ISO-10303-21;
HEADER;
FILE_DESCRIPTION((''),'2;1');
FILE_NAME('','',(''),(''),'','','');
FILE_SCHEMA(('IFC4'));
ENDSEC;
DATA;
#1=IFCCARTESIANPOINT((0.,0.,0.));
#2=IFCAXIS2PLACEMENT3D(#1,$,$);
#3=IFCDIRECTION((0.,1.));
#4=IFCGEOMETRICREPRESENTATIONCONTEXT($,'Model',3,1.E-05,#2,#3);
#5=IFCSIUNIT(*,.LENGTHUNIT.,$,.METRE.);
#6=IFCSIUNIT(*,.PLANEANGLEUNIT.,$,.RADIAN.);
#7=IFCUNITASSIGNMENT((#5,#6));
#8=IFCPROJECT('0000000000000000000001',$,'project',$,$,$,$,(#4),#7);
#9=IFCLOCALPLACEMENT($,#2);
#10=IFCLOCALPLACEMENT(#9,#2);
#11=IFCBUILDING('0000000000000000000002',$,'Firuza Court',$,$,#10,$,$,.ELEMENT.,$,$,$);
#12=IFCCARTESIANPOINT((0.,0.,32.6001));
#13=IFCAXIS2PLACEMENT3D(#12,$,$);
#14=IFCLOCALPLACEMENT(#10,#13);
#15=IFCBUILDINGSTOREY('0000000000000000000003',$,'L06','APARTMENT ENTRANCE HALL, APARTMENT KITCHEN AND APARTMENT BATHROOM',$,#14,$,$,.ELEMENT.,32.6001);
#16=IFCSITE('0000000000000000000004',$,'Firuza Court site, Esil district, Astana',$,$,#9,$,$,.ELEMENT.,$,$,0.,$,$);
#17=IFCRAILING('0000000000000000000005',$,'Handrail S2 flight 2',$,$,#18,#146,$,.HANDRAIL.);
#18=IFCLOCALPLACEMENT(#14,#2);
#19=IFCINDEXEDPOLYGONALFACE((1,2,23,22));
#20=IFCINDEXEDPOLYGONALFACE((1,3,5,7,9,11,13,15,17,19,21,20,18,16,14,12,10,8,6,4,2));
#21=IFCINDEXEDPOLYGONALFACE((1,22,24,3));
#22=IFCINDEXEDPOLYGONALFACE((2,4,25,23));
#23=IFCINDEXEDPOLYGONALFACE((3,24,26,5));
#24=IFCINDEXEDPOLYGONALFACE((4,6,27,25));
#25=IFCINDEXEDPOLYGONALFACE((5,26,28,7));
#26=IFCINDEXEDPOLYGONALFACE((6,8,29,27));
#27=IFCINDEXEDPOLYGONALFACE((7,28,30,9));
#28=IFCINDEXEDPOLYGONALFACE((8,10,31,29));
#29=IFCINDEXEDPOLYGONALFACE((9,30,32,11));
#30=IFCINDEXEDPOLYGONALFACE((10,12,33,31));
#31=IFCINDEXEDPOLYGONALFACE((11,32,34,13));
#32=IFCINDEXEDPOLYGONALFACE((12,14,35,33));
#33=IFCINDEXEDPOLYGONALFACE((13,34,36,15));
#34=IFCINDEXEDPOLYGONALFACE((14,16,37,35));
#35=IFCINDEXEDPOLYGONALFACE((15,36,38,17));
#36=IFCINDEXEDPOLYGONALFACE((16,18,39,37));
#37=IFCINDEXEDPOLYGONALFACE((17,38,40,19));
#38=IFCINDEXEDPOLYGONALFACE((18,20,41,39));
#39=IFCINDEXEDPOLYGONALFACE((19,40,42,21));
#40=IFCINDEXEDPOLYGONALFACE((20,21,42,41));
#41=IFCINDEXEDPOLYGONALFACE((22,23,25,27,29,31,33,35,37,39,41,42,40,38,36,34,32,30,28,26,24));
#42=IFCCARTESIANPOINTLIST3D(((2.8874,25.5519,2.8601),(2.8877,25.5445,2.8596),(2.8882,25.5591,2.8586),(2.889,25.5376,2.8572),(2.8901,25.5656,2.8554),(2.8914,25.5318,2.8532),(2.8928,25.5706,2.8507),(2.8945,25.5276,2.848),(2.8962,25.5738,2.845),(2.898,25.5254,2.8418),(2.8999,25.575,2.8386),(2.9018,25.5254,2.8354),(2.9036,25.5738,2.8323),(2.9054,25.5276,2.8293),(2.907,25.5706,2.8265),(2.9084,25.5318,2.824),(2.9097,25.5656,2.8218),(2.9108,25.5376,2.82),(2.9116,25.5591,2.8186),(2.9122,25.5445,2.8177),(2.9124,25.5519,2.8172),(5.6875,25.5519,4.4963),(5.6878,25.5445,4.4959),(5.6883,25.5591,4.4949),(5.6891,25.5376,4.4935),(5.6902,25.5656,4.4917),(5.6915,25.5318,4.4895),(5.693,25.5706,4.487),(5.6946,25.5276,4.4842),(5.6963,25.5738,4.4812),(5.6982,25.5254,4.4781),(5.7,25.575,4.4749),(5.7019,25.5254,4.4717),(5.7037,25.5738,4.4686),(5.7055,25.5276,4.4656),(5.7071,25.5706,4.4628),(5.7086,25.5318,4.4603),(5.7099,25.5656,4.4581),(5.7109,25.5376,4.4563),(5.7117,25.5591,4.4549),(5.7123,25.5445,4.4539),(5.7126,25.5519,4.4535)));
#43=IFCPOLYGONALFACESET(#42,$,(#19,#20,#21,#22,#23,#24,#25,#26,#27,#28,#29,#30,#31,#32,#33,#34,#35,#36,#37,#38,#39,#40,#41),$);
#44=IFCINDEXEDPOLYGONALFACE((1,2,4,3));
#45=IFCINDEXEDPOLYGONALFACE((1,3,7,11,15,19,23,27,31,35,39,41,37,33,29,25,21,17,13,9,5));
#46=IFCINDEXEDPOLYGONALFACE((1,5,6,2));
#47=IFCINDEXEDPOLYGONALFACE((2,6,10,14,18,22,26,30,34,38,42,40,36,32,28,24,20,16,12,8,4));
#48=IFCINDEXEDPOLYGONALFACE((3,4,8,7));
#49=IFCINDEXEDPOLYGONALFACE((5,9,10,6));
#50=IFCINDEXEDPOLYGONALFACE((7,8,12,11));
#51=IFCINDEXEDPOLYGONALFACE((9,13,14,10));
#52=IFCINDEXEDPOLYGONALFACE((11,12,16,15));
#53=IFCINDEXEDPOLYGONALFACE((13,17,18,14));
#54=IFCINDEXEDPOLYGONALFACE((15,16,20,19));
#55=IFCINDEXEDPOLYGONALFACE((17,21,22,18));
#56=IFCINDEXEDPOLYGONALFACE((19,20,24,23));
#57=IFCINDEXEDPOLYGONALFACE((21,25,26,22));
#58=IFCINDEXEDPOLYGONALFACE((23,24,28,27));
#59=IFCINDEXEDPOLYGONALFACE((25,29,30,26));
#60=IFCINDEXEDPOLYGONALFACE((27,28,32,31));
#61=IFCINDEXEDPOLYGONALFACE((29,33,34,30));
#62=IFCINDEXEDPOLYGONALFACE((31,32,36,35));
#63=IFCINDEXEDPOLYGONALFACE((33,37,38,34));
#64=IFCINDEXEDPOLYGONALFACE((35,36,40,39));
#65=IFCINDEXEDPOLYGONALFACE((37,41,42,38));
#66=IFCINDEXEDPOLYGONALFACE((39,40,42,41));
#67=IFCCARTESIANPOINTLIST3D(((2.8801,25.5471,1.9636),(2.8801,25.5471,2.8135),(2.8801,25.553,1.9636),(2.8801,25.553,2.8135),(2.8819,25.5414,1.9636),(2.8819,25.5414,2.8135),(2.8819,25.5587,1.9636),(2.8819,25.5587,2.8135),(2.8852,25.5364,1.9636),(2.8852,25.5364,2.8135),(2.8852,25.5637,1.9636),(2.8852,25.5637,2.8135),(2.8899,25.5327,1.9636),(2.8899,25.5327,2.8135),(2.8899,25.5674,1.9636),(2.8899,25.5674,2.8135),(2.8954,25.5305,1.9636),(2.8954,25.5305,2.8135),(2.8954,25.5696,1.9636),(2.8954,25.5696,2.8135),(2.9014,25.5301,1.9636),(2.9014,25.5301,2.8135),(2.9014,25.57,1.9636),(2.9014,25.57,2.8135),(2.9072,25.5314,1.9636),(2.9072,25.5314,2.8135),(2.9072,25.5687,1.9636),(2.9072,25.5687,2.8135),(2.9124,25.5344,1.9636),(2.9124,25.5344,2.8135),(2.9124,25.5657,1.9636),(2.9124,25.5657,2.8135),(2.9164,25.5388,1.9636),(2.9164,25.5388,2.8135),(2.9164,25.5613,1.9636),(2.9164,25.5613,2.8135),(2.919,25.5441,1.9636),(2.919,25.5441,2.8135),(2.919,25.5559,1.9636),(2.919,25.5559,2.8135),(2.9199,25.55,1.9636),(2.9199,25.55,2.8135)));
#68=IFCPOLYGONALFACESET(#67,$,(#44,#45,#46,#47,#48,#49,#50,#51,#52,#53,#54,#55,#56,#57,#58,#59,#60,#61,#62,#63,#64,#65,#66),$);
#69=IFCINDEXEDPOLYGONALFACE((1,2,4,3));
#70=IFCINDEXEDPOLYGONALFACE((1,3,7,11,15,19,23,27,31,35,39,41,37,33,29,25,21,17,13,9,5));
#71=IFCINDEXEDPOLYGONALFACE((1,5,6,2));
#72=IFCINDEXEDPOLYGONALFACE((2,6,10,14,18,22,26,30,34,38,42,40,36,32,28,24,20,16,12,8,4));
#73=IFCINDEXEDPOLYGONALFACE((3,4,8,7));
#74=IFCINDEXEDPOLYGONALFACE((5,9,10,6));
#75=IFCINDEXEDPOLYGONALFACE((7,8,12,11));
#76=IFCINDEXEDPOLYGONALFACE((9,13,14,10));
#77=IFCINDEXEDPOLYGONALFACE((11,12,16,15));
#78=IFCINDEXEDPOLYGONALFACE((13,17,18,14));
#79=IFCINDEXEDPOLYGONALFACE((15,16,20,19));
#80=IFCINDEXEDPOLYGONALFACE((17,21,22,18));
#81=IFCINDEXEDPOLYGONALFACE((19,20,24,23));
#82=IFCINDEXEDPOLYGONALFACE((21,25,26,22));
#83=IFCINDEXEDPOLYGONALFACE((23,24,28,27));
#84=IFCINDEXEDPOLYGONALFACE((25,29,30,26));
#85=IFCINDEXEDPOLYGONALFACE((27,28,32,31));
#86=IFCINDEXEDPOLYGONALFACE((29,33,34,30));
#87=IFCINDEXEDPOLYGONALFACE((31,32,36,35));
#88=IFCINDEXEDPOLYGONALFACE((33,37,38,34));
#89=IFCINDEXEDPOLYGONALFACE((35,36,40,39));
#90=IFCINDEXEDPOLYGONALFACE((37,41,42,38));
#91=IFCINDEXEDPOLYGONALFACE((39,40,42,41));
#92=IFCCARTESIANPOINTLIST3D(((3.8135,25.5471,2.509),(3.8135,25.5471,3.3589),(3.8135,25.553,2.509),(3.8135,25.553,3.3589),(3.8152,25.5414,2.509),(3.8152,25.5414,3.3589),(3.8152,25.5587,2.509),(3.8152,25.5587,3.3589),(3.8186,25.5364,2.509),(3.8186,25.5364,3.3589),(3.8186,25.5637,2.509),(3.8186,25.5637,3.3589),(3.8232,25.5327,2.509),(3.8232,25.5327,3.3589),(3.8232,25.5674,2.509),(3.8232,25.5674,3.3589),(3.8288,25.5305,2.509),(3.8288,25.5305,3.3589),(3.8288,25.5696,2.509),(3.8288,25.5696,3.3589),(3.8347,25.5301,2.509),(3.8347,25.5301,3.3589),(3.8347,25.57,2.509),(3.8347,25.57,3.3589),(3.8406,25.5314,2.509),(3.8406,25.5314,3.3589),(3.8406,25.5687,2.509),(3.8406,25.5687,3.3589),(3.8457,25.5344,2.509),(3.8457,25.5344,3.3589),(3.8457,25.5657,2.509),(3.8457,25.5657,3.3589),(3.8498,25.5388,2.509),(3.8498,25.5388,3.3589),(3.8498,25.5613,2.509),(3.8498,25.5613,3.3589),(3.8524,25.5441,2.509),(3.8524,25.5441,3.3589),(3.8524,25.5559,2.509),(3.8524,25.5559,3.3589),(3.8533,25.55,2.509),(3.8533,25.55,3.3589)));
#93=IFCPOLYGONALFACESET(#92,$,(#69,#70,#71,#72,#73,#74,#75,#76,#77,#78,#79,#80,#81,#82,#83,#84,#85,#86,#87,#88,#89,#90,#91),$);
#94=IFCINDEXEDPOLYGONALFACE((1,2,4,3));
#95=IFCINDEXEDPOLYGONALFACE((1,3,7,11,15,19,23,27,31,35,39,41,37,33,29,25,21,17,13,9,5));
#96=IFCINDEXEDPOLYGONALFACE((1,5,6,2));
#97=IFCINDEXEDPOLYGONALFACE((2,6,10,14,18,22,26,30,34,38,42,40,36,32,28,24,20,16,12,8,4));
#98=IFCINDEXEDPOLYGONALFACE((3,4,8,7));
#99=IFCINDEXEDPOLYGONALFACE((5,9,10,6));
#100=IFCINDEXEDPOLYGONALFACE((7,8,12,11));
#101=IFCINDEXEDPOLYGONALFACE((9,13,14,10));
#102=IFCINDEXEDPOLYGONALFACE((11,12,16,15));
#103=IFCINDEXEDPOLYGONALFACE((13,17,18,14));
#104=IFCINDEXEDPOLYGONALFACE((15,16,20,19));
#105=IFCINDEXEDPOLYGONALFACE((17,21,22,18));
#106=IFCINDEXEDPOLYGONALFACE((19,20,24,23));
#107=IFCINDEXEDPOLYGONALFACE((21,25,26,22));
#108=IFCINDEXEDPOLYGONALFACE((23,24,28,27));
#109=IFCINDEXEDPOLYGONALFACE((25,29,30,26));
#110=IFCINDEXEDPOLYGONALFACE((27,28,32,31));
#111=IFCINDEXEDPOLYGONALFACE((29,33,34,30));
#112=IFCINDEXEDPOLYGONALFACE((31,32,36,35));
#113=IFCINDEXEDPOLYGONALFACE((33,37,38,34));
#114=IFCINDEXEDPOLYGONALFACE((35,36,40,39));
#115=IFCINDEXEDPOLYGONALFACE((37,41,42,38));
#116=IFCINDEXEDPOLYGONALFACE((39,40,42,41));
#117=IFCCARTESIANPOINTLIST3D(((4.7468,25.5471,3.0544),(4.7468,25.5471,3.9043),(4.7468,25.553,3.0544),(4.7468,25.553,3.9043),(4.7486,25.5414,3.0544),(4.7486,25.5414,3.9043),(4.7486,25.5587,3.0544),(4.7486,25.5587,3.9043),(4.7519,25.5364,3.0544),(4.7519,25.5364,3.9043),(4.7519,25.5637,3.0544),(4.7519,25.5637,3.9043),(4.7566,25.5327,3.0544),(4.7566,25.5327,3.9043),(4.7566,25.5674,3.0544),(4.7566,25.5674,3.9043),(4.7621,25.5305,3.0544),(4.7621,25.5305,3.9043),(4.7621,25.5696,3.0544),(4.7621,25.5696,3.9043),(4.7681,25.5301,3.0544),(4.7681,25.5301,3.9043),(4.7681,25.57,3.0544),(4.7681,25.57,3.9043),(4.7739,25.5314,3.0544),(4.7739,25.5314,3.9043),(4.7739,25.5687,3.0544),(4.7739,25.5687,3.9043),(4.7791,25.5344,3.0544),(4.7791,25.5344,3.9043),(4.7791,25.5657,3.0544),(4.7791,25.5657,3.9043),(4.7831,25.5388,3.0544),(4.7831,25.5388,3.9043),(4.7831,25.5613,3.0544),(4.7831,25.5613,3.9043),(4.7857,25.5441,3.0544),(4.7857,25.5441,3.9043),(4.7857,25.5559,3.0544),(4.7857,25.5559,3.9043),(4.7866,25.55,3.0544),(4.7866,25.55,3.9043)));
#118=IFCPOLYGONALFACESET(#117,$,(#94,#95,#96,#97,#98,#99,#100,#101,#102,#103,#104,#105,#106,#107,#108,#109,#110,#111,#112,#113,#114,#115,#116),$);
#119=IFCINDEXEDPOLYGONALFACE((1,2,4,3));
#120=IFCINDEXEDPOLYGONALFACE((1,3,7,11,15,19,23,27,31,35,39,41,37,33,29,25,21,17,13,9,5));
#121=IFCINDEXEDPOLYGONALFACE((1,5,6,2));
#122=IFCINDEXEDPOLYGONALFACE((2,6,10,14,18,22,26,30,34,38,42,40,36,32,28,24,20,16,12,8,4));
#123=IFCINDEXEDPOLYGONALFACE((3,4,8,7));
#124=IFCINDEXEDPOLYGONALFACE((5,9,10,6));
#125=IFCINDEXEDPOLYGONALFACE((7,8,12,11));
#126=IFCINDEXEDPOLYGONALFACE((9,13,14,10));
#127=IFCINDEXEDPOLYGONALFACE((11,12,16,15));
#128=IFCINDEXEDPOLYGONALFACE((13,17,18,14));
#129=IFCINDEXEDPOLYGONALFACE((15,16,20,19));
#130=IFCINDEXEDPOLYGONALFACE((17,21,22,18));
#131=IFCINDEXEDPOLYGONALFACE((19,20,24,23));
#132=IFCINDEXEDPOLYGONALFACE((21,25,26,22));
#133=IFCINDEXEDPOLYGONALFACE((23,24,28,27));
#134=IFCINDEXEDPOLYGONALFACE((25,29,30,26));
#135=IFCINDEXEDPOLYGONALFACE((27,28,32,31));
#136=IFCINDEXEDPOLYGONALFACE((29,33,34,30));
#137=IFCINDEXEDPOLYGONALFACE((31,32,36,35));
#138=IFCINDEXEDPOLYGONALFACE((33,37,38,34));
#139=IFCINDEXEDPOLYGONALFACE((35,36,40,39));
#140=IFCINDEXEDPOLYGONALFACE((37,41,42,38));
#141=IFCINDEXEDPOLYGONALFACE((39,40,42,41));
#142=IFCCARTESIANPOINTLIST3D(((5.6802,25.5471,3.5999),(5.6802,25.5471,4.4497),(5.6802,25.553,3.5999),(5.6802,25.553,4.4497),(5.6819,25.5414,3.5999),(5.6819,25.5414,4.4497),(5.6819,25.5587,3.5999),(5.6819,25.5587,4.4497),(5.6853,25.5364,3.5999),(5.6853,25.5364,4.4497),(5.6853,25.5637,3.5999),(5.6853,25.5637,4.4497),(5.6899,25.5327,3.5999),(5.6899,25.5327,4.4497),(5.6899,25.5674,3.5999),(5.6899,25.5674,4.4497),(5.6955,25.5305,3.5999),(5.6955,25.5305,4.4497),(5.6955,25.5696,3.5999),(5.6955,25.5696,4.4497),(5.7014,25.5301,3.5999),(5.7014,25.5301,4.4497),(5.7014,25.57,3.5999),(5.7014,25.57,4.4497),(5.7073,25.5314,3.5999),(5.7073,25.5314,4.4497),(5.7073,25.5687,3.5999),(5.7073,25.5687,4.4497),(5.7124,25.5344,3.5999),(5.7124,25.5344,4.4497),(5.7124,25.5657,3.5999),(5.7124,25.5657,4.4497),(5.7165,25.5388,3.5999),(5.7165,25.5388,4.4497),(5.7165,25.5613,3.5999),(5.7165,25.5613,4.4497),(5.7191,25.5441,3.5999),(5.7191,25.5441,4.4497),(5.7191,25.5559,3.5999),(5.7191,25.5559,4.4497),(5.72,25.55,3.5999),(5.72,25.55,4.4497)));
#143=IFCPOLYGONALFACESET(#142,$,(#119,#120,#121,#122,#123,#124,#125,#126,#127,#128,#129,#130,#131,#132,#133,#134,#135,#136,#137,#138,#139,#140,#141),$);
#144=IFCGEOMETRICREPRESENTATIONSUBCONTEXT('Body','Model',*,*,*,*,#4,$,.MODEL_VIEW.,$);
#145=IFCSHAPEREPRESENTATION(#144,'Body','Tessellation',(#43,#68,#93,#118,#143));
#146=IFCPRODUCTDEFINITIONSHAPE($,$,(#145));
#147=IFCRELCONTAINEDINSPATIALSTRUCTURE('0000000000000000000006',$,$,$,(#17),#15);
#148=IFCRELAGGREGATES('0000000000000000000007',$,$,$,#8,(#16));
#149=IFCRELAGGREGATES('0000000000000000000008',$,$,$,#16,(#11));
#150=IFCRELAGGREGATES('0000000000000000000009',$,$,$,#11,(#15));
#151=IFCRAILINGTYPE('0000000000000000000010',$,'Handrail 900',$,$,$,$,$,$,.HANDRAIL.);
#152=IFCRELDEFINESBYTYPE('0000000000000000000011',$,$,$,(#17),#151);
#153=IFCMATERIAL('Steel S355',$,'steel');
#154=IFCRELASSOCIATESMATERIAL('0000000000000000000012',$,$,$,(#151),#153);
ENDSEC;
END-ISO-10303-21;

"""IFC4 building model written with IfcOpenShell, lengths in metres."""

from ifc_helpers import new_model, si_unit, direction, frame, origin, origin_2d, place, context, subcontext, project, spatial, circle, extrude, material, type_object, element, save


model = new_model("IFC4")

# Units and contexts
model_context = context("Model", 3, precision=1e-05, world=origin(), true_north=direction((0.0, 1.0)))
body_context = subcontext(model_context, "Body", "Model", "MODEL_VIEW")
ifc_project = project(units=[si_unit("LENGTHUNIT", "METRE"), si_unit("PLANEANGLEUNIT", "RADIAN")], contexts=[model_context])

# Site, building, storey
site_placement = place(None, origin())
site = spatial("IfcSite", under=ifc_project, at=site_placement, Name="Firuza Court site, Esil district, Astana", CompositionType="ELEMENT", RefElevation=0.0)
building_placement = place(site_placement, origin())
building = spatial("IfcBuilding", under=site, at=building_placement, Name="Firuza Court", CompositionType="ELEMENT")
storey_placement = place(building_placement, frame((0.0, 0.0, 32.6001)))
storey = spatial("IfcBuildingStorey", under=building, at=storey_placement, Name="L06", Description="APARTMENT ENTRANCE HALL, APARTMENT KITCHEN AND APARTMENT BATHROOM", CompositionType="ELEMENT", Elevation=32.6001)

# Railing
ifc_material_1 = material(Name="Steel S355", Category="steel")
railing_type_1 = type_object("IfcRailingType", Name="Handrail 900", PredefinedType="HANDRAIL", material=ifc_material_1)
railing_1_placement = place(storey_placement, frame((2.8999, 25.55, 1.9636)))
element("IfcRailing", 1, at=railing_1_placement, inside=storey, type_object=railing_type_1, Name="Handrail S2 flight 2", PredefinedType="HANDRAIL", context=body_context, shape_type="SweptSolid", body=[
    extrude(circle(Radius=0.0249, at=origin_2d()), frame((0.0, 0.0, 0.875), z_axis=(0.863394, 0.0, 0.504531), x_axis=(0.0, 1.0, 0.0)), (0.0, 0.0, 1.0), 3.2432),
    extrude(circle(Radius=0.02, at=origin_2d()), origin(), (0.0, 0.0, 1.0), 0.8499),
    extrude(circle(Radius=0.02, at=origin_2d()), frame((0.9333, 0.0, 0.5454)), (0.0, 0.0, 1.0), 0.8499),
    extrude(circle(Radius=0.02, at=origin_2d()), frame((1.8667, 0.0, 1.0908)), (0.0, 0.0, 1.0), 0.8499),
    extrude(circle(Radius=0.02, at=origin_2d()), frame((2.8, 0.0, 1.6362)), (0.0, 0.0, 1.0), 0.8499),
])

save(model, "model.ifc")
